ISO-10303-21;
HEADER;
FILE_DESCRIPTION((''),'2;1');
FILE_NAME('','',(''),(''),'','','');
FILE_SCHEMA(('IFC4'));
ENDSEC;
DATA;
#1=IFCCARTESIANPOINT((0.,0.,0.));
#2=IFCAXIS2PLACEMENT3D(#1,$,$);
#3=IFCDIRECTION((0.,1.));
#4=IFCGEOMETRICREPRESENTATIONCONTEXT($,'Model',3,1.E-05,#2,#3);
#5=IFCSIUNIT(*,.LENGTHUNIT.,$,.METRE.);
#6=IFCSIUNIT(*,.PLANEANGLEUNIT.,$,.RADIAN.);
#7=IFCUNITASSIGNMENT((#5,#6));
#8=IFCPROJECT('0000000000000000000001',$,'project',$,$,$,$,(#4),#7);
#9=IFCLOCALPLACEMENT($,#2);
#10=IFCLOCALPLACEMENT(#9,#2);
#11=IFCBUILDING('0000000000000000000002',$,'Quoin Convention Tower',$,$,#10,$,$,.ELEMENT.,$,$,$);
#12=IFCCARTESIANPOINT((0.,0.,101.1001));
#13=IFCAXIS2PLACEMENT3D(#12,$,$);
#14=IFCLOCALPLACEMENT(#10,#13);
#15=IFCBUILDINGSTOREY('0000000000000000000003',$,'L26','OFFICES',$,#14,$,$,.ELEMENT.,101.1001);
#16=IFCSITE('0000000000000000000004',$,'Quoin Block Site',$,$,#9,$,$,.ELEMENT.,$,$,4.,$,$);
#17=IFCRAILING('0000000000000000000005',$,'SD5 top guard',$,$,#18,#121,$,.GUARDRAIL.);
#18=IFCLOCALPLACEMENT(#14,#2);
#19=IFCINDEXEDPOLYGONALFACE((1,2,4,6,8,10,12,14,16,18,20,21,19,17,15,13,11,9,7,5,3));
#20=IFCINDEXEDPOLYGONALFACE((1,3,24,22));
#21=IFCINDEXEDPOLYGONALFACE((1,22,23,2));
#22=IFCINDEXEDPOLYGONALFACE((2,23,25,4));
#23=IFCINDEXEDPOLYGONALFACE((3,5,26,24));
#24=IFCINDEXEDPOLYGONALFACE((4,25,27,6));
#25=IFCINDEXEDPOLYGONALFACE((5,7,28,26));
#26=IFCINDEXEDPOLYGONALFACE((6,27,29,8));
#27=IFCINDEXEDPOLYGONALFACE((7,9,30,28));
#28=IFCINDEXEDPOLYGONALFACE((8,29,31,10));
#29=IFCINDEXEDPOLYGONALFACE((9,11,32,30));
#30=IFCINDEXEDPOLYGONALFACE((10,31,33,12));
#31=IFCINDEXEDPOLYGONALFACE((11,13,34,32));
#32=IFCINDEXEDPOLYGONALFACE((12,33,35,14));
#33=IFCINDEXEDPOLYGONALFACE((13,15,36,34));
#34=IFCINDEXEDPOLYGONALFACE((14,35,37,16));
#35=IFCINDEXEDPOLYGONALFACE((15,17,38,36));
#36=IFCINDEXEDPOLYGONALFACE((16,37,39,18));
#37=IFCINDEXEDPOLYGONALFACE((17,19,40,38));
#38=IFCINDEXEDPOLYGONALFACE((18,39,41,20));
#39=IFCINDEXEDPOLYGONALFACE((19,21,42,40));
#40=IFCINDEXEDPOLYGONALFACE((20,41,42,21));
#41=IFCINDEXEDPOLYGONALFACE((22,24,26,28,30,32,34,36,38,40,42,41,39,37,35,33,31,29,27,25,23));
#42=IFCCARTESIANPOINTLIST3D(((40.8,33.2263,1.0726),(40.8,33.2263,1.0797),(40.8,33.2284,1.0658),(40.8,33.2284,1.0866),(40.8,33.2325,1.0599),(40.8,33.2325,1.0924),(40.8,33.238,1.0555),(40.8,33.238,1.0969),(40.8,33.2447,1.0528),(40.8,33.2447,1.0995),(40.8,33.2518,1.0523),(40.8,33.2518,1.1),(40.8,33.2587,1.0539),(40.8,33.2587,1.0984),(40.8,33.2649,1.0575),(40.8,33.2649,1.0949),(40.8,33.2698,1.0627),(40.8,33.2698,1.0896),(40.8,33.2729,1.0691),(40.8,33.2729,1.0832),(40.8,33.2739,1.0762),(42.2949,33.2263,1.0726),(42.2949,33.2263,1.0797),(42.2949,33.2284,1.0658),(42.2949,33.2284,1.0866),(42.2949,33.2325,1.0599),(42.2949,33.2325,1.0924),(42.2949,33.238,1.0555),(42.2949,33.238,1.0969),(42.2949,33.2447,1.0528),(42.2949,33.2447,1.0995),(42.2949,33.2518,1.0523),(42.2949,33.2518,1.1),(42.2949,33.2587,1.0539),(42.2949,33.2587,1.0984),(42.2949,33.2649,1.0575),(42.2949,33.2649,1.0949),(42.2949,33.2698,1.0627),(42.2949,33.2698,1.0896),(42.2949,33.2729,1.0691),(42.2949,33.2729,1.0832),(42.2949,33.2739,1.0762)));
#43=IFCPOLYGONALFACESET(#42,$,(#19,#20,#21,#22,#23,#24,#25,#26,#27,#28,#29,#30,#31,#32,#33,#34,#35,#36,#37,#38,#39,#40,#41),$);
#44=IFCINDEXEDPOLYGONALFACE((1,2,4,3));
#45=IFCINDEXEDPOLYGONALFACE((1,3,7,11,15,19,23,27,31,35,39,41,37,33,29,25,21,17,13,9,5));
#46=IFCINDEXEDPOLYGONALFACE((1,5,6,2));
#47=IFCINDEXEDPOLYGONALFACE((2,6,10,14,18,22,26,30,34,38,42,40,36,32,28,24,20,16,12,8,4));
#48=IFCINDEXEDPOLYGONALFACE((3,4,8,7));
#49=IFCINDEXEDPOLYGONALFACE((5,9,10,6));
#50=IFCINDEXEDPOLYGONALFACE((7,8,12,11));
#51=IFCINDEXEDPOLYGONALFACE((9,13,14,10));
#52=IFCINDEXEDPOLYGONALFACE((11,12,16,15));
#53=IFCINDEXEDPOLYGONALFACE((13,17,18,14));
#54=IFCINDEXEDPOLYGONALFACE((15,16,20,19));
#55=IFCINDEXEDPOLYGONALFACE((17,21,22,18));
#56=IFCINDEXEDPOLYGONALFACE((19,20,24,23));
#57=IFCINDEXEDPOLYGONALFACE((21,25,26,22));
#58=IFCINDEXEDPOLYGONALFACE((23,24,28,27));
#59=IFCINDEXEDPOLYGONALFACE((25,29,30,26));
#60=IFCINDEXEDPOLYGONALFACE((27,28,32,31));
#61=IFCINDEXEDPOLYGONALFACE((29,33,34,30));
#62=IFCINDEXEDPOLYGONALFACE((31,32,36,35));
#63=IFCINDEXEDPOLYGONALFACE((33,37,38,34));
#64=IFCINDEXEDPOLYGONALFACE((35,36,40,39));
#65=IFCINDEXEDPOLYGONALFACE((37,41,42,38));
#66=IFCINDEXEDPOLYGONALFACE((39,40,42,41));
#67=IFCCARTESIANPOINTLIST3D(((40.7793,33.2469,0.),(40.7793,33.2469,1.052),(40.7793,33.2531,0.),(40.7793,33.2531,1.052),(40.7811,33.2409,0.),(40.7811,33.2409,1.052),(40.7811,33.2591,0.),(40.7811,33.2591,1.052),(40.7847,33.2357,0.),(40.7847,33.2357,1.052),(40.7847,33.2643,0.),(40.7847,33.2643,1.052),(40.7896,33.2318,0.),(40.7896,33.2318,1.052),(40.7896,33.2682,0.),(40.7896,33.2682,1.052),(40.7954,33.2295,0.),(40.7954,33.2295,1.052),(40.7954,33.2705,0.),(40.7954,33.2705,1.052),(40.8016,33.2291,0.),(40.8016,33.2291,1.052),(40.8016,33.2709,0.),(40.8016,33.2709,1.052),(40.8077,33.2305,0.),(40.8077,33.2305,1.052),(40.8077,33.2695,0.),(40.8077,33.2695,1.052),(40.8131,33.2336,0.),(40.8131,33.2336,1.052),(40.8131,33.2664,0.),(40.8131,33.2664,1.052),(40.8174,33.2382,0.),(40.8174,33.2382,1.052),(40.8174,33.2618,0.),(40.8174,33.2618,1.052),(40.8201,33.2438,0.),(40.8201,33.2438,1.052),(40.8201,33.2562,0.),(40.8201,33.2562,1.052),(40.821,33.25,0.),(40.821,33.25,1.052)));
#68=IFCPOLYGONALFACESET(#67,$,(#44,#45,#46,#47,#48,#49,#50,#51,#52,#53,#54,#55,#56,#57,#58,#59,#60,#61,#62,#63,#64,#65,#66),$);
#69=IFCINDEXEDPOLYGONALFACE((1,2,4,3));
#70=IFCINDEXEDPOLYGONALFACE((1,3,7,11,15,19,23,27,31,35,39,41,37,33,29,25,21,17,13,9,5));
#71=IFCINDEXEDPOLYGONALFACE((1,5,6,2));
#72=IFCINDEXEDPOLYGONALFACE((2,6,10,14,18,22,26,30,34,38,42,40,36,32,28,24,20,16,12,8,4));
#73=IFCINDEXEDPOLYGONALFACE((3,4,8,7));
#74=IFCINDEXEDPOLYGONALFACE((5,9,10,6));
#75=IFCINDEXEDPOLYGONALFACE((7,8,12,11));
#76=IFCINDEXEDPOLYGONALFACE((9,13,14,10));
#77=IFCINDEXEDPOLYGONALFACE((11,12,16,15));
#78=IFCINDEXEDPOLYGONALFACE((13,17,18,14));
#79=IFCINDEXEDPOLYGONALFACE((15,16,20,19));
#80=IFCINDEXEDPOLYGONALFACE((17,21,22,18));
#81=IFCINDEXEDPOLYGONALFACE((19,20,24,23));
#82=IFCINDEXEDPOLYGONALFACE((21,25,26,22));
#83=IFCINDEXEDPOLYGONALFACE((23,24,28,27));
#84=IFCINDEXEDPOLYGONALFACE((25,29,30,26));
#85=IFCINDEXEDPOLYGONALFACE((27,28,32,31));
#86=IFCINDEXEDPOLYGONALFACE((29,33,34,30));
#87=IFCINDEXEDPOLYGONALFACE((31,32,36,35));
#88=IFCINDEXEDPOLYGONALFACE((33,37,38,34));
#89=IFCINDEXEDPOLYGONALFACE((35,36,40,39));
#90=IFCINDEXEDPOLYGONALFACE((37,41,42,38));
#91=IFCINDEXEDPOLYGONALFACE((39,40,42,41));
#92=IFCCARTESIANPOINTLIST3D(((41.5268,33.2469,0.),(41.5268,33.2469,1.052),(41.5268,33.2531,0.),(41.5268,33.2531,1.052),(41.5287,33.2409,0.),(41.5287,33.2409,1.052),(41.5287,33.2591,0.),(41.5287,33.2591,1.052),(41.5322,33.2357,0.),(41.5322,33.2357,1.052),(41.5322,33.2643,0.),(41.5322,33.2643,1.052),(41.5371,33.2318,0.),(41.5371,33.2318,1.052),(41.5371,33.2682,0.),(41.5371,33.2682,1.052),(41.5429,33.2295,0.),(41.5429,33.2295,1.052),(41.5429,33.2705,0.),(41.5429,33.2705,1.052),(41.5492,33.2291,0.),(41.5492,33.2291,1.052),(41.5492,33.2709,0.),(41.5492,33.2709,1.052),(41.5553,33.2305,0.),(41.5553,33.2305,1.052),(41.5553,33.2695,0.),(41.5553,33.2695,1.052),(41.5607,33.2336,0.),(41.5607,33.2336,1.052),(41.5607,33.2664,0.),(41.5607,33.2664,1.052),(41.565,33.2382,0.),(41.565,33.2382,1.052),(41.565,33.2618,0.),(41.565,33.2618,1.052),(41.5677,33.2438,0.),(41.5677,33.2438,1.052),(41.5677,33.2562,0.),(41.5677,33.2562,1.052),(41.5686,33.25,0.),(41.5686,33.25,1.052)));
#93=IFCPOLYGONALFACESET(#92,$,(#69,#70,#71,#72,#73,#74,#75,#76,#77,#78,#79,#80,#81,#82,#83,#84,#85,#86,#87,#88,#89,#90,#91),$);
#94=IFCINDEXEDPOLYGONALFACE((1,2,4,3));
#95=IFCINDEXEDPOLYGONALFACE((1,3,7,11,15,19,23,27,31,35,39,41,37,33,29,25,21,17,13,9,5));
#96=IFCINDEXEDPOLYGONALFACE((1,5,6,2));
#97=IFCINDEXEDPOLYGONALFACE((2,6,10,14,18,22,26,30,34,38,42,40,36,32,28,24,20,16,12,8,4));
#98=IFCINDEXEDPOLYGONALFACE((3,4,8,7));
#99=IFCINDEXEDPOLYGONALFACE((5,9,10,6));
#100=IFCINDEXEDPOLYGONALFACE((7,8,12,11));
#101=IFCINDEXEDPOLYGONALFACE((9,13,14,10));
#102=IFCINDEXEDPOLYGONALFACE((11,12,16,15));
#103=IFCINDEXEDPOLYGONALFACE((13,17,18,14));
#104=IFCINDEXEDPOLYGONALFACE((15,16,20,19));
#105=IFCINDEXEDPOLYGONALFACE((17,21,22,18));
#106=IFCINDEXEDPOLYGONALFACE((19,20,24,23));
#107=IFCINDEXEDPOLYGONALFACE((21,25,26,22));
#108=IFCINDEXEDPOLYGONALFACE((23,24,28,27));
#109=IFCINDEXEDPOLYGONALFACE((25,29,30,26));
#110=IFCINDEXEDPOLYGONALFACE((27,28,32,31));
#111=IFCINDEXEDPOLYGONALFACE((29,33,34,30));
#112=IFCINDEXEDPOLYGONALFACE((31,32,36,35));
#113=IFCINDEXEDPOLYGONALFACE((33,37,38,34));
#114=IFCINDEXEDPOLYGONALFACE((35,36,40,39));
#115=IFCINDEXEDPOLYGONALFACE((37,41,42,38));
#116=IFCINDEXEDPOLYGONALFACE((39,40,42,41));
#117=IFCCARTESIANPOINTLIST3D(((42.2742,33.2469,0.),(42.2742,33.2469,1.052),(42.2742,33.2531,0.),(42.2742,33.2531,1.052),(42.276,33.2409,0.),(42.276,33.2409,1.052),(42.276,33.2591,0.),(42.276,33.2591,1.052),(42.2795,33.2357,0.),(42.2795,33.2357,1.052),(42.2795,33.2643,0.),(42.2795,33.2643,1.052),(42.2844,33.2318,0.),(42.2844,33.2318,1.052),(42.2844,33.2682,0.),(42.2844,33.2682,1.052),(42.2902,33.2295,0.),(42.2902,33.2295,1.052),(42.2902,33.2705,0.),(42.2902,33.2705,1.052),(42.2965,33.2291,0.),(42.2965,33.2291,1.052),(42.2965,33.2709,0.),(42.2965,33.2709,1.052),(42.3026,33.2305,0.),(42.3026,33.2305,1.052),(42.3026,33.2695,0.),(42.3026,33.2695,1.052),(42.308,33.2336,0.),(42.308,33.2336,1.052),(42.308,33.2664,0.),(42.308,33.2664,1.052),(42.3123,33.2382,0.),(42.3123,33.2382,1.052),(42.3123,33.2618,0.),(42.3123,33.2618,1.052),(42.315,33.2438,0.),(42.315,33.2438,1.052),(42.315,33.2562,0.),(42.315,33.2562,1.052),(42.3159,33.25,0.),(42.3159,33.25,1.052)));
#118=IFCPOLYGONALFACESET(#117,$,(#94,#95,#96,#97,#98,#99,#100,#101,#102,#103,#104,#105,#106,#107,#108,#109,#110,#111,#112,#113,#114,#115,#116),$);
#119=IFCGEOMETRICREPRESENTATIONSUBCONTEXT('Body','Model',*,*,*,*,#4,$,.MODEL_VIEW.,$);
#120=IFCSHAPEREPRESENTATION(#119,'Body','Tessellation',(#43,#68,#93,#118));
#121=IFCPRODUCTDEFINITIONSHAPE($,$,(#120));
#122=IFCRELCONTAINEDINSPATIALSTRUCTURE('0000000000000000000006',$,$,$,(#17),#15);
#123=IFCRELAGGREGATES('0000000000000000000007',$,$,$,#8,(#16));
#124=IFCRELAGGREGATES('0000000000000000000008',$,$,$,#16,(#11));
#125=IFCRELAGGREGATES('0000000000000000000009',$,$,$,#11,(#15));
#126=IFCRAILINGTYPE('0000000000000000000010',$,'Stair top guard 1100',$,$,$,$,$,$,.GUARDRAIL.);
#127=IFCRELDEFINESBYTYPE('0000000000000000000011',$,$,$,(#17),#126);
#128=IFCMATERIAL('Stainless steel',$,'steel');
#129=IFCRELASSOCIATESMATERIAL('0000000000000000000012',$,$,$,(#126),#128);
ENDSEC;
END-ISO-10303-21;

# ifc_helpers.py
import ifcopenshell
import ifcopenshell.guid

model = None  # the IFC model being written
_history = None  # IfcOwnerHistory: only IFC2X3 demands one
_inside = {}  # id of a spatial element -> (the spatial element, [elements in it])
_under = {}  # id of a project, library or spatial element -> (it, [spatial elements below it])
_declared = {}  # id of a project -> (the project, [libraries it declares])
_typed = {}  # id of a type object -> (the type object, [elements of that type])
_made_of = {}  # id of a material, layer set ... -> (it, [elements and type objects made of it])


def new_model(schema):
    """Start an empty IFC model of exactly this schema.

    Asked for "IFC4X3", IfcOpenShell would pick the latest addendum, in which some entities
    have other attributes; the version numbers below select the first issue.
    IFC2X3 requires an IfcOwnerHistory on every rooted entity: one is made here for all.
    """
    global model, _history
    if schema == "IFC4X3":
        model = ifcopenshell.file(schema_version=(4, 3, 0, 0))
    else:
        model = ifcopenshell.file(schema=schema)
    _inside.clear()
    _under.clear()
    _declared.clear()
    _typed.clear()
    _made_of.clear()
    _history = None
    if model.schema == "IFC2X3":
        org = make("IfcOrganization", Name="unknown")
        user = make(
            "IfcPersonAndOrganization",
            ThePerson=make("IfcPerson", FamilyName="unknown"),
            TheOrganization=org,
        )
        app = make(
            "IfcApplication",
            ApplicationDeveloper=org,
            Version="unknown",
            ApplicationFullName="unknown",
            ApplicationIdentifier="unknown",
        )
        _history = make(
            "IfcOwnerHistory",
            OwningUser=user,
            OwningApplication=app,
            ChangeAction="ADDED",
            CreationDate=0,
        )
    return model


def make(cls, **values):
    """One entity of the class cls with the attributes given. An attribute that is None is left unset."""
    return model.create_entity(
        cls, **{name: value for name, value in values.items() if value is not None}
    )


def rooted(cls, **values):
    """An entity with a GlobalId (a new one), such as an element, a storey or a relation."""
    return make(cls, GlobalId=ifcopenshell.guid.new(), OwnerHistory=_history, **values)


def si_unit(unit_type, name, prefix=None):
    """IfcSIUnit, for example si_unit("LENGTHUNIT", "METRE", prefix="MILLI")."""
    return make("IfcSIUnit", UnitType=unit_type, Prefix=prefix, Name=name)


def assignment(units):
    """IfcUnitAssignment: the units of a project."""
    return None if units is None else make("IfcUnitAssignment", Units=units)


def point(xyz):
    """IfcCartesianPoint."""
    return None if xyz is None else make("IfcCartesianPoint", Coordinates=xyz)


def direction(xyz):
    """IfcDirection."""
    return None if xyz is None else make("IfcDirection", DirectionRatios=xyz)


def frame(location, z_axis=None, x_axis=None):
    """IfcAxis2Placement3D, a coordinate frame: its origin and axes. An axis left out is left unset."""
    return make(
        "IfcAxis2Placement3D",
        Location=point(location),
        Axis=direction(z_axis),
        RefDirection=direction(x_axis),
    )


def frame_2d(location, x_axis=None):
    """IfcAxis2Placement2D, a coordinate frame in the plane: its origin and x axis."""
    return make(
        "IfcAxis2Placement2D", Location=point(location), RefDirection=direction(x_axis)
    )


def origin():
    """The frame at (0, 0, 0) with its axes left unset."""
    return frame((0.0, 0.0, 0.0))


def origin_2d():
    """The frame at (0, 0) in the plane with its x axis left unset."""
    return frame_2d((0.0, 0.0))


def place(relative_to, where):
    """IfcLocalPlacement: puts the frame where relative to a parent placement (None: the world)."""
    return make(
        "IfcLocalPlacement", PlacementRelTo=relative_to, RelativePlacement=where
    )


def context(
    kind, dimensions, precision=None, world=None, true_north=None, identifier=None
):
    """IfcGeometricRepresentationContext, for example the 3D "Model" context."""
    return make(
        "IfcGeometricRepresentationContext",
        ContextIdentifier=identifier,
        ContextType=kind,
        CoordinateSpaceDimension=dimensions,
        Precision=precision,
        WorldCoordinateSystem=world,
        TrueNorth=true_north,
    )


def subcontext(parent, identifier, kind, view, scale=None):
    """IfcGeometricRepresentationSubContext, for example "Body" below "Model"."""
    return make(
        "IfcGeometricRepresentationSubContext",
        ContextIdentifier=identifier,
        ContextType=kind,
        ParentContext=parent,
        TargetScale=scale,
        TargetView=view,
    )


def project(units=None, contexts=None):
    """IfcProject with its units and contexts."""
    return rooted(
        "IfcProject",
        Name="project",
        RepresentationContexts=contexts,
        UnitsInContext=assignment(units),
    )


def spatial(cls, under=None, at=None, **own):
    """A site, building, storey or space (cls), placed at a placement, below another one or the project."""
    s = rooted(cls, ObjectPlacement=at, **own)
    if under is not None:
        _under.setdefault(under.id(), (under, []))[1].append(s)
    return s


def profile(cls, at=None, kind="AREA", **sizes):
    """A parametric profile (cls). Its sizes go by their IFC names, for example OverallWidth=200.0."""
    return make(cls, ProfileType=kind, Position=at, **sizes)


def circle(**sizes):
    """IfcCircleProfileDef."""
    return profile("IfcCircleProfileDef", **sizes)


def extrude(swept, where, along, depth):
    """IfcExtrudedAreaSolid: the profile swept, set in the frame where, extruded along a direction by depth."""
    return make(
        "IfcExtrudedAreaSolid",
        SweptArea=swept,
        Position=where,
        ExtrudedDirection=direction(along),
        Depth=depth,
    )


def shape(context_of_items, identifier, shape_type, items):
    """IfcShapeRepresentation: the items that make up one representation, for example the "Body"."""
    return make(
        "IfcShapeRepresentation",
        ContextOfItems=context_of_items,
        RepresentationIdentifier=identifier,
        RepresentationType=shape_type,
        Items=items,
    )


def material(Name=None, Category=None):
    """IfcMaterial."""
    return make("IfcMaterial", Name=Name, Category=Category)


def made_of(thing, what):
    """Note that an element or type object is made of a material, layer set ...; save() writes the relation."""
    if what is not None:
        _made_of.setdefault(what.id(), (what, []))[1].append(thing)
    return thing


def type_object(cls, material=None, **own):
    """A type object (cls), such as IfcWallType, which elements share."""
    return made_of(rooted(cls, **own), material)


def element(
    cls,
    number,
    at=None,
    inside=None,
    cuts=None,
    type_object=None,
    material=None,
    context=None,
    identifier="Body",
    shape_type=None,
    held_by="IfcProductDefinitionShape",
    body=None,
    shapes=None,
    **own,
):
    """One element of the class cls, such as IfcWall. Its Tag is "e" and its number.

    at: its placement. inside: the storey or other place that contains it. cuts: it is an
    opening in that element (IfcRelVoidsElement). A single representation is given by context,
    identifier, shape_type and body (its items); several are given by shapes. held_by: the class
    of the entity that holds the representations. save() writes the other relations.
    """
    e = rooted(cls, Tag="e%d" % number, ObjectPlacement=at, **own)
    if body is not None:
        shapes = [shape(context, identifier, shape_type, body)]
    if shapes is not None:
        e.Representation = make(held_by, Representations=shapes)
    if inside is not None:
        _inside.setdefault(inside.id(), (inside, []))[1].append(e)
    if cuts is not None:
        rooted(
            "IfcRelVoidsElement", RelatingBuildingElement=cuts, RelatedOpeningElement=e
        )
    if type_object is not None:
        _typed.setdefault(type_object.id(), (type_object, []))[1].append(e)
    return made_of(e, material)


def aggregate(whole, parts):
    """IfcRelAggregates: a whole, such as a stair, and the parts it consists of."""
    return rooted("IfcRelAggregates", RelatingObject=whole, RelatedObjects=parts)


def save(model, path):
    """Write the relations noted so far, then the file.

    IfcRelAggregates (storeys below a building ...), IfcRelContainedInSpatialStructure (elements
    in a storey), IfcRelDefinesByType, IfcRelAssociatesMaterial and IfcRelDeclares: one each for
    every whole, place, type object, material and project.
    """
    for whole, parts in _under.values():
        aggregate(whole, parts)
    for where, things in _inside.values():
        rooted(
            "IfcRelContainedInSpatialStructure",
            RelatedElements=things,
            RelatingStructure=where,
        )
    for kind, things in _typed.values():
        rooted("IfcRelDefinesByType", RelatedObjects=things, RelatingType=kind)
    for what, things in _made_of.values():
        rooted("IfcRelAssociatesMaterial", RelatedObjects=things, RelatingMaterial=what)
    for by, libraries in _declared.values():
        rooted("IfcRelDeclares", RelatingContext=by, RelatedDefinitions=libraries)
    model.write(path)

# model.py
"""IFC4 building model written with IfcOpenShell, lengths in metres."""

from ifc_helpers import new_model, si_unit, direction, frame, origin, origin_2d, place, context, subcontext, project, spatial, circle, extrude, material, type_object, element, save


model = new_model("IFC4")

# Units and contexts
model_context = context("Model", 3, precision=1e-05, world=origin(), true_north=direction((0.0, 1.0)))
body_context = subcontext(model_context, "Body", "Model", "MODEL_VIEW")
ifc_project = project(units=[si_unit("LENGTHUNIT", "METRE"), si_unit("PLANEANGLEUNIT", "RADIAN")], contexts=[model_context])

# Site, building, storey
site_placement = place(None, origin())
site = spatial("IfcSite", under=ifc_project, at=site_placement, Name="Quoin Block Site", CompositionType="ELEMENT", RefElevation=4.0)
building_placement = place(site_placement, origin())
building = spatial("IfcBuilding", under=site, at=building_placement, Name="Quoin Convention Tower", CompositionType="ELEMENT")
storey_placement = place(building_placement, frame((0.0, 0.0, 101.1001)))
storey = spatial("IfcBuildingStorey", under=building, at=storey_placement, Name="L26", Description="OFFICES", CompositionType="ELEMENT", Elevation=101.1001)

# Railing
ifc_material_1 = material(Name="Stainless steel", Category="steel")
railing_type_1 = type_object("IfcRailingType", Name="Stair top guard 1100", PredefinedType="GUARDRAIL", material=ifc_material_1)
railing_1_placement = place(storey_placement, frame((40.8, 33.25, 0.0)))
element("IfcRailing", 1, at=railing_1_placement, inside=storey, type_object=railing_type_1, Name="SD5 top guard", PredefinedType="GUARDRAIL", context=body_context, shape_type="SweptSolid", body=[
    extrude(circle(Radius=0.0239, at=origin_2d()), frame((0.0, 0.0, 1.0762), z_axis=(1.0, 0.0, 0.0), x_axis=(0.0, 1.0, 0.0)), (0.0, 0.0, 1.0), 1.4949),
    extrude(circle(Radius=0.021, at=origin_2d()), origin(), (0.0, 0.0, 1.0), 1.052),
    extrude(circle(Radius=0.021, at=origin_2d()), frame((0.7476, 0.0, 0.0)), (0.0, 0.0, 1.0), 1.052),
    extrude(circle(Radius=0.021, at=origin_2d()), frame((1.4949, 0.0, 0.0)), (0.0, 0.0, 1.0), 1.052),
])

save(model, "model.ifc")
